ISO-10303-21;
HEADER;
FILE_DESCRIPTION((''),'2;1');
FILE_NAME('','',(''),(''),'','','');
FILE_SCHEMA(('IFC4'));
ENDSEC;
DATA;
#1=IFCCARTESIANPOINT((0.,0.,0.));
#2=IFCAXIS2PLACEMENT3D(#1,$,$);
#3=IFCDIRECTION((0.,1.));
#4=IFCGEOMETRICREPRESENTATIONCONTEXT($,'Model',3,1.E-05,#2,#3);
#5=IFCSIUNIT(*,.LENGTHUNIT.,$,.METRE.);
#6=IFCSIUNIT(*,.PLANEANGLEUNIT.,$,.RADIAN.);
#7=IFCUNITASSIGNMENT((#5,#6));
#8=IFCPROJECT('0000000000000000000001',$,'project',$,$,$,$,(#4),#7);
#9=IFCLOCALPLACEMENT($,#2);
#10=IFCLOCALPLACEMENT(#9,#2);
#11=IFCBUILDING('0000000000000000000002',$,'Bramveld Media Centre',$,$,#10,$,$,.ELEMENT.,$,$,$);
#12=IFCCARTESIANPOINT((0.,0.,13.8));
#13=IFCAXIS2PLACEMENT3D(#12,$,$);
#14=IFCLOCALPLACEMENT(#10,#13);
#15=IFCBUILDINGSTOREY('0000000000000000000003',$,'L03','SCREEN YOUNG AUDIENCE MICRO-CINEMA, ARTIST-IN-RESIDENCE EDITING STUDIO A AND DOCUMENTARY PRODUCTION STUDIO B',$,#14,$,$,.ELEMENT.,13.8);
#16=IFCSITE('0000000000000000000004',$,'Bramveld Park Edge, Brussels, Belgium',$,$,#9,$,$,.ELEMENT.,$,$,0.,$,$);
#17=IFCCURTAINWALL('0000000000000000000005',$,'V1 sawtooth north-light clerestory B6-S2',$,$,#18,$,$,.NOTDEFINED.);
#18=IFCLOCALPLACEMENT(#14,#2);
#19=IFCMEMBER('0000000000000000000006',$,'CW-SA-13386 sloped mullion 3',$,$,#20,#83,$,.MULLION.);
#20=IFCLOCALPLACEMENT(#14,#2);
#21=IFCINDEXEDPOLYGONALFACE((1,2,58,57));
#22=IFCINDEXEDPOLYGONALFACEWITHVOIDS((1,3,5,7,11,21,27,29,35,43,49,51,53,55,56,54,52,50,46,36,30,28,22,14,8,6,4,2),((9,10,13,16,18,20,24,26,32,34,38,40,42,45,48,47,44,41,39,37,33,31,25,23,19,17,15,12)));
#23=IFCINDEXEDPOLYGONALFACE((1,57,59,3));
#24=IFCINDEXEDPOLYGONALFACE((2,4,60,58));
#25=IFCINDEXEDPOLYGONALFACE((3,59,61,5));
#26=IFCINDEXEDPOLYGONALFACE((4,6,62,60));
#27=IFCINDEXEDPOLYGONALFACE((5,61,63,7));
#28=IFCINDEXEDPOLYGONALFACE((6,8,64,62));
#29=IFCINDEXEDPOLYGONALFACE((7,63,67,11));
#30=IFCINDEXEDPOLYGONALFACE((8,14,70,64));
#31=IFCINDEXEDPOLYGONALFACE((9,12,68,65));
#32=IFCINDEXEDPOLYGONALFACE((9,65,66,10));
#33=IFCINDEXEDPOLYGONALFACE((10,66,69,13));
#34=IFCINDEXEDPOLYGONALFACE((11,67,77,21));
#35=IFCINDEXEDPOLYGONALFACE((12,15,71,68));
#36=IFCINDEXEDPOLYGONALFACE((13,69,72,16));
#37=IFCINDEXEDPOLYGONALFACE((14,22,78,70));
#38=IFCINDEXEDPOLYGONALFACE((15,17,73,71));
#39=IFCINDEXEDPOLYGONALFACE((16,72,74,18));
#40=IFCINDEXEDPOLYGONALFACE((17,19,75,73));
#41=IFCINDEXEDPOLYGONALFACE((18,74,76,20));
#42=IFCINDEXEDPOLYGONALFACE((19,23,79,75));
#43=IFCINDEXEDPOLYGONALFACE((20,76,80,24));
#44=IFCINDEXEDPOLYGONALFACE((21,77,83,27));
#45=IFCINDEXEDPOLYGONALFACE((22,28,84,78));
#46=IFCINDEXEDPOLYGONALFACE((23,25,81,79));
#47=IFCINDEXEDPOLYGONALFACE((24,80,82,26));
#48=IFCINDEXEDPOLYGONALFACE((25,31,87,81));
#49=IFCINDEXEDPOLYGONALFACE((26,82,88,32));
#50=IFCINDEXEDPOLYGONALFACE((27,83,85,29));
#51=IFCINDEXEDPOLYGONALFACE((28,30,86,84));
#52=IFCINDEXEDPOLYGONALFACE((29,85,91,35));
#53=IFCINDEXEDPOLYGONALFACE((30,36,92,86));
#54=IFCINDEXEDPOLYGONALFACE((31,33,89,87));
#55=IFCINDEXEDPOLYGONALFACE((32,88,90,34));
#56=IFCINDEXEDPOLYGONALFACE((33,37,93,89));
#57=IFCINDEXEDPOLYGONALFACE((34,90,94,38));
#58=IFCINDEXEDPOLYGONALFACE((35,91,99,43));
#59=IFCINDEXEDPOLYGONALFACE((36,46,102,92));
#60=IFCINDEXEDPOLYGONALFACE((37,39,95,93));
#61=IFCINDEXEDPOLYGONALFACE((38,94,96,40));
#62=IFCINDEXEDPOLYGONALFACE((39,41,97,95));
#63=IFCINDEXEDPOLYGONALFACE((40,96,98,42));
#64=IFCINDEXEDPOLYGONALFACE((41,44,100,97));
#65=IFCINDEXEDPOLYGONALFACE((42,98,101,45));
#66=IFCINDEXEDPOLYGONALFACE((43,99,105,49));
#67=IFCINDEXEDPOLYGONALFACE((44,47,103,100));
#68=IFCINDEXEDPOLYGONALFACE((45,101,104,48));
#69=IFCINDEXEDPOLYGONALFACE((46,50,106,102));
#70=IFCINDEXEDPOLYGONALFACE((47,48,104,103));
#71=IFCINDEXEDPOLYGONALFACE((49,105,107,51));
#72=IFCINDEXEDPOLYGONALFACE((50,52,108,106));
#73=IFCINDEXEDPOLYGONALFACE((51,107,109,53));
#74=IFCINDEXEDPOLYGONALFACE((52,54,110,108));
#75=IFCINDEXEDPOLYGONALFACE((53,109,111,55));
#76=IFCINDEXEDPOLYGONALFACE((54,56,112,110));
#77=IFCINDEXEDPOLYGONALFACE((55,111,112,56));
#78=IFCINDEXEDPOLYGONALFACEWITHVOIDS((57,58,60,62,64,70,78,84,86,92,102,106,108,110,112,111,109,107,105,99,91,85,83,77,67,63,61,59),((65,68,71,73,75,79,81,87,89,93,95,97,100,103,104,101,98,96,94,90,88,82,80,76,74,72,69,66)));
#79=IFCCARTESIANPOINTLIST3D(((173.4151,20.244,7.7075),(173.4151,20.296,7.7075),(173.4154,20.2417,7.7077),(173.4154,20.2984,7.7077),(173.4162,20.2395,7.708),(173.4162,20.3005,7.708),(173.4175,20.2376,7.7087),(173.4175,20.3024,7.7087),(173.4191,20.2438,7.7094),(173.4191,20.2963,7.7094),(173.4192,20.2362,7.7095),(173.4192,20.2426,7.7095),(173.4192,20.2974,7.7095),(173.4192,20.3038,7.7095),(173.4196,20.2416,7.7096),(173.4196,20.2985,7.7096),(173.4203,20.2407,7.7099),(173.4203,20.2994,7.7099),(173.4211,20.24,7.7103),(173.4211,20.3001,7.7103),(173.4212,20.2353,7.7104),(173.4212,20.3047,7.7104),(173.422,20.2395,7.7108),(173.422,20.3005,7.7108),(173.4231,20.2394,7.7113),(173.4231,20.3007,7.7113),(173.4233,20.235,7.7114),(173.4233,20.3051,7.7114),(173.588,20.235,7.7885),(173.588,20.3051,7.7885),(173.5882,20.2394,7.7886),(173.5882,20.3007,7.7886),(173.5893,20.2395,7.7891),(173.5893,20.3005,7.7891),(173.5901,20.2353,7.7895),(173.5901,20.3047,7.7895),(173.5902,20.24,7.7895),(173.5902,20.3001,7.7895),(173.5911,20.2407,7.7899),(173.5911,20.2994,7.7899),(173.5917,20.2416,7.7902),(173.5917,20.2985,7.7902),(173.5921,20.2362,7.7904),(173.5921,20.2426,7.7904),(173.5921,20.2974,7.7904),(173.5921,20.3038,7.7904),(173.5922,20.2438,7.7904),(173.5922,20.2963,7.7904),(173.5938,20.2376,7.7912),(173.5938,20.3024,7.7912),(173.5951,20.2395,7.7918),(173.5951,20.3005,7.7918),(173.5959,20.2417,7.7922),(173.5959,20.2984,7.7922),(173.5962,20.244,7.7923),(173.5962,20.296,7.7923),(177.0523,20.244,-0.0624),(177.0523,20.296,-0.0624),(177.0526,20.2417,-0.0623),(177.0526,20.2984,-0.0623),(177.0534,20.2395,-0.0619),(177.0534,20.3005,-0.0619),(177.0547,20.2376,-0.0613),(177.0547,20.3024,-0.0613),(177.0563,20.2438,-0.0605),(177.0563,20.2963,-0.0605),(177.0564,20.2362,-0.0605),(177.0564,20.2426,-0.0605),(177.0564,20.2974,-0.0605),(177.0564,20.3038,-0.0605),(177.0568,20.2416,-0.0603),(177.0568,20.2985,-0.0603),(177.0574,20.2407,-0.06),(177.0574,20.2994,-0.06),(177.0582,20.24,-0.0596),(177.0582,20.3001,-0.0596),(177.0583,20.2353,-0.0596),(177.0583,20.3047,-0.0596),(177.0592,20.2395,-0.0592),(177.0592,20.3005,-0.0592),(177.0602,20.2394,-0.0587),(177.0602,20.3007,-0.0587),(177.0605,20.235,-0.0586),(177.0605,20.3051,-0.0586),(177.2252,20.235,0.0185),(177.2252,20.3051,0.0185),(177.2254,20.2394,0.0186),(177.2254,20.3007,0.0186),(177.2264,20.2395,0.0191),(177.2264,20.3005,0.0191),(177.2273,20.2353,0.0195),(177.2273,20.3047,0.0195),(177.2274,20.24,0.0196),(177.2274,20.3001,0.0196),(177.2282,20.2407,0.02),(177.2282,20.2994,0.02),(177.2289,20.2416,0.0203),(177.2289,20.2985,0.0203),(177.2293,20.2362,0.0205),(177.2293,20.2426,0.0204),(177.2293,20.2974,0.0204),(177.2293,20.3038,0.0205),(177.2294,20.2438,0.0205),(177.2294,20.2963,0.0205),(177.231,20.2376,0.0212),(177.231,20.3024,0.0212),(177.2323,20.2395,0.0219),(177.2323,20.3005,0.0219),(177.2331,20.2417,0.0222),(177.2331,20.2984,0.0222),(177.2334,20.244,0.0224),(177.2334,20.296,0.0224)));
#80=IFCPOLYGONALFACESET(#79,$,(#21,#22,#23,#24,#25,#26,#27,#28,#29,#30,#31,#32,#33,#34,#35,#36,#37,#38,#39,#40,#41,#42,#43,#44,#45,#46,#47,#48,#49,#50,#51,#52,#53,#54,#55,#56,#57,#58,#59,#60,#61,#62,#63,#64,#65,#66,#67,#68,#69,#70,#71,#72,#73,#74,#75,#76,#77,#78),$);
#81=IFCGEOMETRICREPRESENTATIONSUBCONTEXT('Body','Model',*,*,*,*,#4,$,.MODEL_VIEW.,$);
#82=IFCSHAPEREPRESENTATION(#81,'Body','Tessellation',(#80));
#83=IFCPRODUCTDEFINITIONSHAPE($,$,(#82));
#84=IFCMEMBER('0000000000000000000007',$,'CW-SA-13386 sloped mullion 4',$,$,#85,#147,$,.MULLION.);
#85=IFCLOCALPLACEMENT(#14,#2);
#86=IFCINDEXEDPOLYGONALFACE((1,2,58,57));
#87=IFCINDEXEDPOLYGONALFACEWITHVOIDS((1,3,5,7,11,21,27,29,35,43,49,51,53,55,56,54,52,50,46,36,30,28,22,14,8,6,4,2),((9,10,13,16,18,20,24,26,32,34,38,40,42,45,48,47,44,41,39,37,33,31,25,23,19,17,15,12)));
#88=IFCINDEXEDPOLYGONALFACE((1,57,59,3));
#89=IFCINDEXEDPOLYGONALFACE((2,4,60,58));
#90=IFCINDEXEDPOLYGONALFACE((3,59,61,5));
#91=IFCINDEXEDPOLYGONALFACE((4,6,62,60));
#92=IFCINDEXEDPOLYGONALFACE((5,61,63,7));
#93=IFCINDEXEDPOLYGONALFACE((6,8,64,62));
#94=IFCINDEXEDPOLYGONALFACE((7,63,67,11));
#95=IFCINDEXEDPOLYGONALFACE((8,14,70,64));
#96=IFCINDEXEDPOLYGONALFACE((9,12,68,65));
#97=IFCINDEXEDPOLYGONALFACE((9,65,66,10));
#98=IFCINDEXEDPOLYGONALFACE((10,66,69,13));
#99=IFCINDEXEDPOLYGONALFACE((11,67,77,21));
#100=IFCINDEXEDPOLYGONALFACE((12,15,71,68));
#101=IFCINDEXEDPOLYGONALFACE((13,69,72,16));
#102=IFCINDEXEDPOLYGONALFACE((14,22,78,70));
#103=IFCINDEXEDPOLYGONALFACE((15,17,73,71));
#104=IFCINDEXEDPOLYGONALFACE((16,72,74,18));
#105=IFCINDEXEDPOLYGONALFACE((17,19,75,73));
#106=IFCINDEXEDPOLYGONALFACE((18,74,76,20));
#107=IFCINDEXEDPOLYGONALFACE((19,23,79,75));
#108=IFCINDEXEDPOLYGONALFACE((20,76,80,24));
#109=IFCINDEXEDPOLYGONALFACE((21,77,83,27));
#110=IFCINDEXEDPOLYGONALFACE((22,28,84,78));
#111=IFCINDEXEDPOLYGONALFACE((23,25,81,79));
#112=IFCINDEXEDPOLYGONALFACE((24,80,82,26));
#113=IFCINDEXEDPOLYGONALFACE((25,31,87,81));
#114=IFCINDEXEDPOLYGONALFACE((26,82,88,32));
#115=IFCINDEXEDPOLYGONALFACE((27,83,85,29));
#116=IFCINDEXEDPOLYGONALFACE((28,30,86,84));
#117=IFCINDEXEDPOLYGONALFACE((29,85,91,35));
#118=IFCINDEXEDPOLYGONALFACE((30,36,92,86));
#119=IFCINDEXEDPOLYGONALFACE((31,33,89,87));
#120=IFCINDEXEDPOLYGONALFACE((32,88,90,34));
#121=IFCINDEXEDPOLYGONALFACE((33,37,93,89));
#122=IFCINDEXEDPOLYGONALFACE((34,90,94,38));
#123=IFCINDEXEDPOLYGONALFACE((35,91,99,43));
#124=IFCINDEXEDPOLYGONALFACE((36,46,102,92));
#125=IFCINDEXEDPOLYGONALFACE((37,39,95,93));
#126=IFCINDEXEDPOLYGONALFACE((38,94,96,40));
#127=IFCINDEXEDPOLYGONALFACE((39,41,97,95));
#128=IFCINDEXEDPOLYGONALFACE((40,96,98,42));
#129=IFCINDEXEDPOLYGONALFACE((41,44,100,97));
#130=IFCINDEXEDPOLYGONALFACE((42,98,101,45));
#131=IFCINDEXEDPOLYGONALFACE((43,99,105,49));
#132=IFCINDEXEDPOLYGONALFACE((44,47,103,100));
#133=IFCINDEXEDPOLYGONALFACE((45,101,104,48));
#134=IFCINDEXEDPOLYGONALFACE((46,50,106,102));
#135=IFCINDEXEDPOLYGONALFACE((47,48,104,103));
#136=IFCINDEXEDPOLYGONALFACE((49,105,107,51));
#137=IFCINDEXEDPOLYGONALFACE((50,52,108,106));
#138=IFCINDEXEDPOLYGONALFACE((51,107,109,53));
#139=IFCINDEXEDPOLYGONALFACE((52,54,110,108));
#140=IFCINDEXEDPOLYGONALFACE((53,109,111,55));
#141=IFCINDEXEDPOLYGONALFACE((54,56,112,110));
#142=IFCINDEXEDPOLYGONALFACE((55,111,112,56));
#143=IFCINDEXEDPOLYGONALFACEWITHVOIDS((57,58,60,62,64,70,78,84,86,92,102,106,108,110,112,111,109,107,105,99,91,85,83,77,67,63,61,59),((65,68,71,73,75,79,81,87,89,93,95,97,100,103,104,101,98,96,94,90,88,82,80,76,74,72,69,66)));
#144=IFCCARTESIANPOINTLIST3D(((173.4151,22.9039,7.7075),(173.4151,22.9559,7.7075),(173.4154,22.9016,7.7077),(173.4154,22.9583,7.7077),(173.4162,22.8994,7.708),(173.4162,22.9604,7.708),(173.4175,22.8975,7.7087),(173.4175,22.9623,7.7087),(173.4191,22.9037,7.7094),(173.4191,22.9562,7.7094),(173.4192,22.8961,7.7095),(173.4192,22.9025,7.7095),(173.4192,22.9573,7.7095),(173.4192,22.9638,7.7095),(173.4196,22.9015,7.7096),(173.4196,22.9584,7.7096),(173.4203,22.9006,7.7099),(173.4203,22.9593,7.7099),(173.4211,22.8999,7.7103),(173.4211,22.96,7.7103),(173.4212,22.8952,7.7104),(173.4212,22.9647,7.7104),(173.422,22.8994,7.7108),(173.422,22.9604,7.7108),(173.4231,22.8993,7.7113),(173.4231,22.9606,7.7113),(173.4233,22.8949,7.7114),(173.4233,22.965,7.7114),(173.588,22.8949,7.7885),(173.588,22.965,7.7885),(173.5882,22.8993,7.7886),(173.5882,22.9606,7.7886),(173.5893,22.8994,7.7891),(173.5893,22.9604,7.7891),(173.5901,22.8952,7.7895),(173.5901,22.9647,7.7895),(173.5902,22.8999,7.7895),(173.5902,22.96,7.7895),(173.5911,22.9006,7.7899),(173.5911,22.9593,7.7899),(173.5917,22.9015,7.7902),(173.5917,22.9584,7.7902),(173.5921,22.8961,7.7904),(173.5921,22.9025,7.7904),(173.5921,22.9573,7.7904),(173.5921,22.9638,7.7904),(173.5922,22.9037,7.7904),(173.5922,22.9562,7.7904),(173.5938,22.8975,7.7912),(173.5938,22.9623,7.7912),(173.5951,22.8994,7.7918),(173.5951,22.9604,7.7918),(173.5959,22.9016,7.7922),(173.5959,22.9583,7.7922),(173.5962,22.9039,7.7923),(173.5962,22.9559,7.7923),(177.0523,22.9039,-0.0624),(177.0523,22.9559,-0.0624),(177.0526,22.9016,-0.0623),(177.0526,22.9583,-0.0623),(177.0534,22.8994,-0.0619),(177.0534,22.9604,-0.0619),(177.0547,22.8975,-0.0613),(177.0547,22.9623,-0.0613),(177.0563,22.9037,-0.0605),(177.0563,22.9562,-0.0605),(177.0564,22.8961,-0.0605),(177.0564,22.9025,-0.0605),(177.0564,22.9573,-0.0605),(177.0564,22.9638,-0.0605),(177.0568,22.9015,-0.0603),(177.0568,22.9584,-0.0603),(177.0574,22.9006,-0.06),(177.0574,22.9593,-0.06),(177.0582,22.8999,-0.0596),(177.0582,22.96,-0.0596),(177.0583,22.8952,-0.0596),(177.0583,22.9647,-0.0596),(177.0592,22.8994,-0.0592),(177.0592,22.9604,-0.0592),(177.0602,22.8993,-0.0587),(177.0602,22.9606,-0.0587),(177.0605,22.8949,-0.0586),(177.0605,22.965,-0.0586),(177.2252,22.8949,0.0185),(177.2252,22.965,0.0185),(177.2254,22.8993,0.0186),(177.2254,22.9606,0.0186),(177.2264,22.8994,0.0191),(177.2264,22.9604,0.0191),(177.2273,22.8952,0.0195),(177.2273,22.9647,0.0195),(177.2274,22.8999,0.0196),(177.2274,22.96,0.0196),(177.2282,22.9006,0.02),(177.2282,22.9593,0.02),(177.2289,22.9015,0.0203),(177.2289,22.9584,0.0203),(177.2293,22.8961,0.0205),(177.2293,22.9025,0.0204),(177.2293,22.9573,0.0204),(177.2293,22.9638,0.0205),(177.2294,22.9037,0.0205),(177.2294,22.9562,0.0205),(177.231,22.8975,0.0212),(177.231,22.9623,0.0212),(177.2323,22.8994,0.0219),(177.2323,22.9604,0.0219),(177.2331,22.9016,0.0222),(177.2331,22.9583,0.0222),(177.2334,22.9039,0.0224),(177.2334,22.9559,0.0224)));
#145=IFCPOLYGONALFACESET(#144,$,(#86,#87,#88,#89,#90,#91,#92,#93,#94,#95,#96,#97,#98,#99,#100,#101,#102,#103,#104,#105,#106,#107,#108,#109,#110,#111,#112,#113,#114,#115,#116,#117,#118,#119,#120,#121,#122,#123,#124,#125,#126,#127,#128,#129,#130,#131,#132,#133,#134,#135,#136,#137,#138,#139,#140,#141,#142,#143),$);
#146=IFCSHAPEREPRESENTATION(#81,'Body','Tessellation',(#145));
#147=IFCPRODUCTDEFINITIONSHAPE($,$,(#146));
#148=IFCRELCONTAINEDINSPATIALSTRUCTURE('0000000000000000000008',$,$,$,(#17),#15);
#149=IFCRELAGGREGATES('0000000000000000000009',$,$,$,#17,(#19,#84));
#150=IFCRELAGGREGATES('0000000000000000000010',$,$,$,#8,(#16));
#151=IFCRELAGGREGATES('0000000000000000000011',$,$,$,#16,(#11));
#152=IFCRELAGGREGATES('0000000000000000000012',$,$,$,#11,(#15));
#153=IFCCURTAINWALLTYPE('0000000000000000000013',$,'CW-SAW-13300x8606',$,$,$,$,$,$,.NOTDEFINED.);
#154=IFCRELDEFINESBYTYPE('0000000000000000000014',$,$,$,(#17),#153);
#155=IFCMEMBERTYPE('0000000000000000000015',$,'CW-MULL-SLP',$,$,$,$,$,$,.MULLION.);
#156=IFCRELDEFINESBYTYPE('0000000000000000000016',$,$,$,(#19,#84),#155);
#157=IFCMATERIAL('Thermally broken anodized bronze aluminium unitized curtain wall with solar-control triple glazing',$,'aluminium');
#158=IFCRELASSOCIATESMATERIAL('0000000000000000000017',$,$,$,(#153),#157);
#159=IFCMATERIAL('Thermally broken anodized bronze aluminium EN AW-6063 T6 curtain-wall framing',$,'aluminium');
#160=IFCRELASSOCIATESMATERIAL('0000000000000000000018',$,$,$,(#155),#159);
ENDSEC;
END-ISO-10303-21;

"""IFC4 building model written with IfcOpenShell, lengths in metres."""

from ifc_helpers import new_model, si_unit, direction, frame, origin, origin_2d, place, context, subcontext, project, spatial, hollow_rectangle, extrude, material, material_profile, profile_set, type_object, element, aggregate, save


model = new_model("IFC4")

# Units and contexts
model_context = context("Model", 3, precision=1e-05, world=origin(), true_north=direction((0.0, 1.0)))
body_context = subcontext(model_context, "Body", "Model", "MODEL_VIEW")
ifc_project = project(units=[si_unit("LENGTHUNIT", "METRE"), si_unit("PLANEANGLEUNIT", "RADIAN")], contexts=[model_context])

# Site, building, storey
site_placement = place(None, origin())
site = spatial("IfcSite", under=ifc_project, at=site_placement, Name="Bramveld Park Edge, Brussels, Belgium", CompositionType="ELEMENT", RefElevation=0.0)
building_placement = place(site_placement, origin())
building = spatial("IfcBuilding", under=site, at=building_placement, Name="Bramveld Media Centre", CompositionType="ELEMENT")
storey_placement = place(building_placement, frame((0.0, 0.0, 13.8)))
storey = spatial("IfcBuildingStorey", under=building, at=storey_placement, Name="L03", Description="SCREEN YOUNG AUDIENCE MICRO-CINEMA, ARTIST-IN-RESIDENCE EDITING STUDIO A AND DOCUMENTARY PRODUCTION STUDIO B", CompositionType="ELEMENT", Elevation=13.8)

# Curtain wall, members
ifc_material_1 = material(Name="Thermally broken anodized bronze aluminium unitized curtain wall with solar-control triple glazing", Category="aluminium")
curtain_wall_type = type_object("IfcCurtainWallType", Name="CW-SAW-13300x8606", PredefinedType="NOTDEFINED", material=ifc_material_1)
curtain_wall_placement = place(storey_placement, origin())
curtain_wall = element("IfcCurtainWall", 1, at=curtain_wall_placement, inside=storey, type_object=curtain_wall_type, Name="V1 sawtooth north-light clerestory B6-S2", PredefinedType="NOTDEFINED")
ifc_material_2 = material(Name="Thermally broken anodized bronze aluminium EN AW-6063 T6 curtain-wall framing", Category="aluminium")
ifc_material_profile_1 = material_profile(ifc_material_2, hollow_rectangle(XDim=0.0701, YDim=0.2, WallThickness=0.0044, InnerFilletRadius=0.0044, OuterFilletRadius=0.009, at=origin_2d()), Name="AL-MULL 70x200")
ifc_profile_set_1 = profile_set([ifc_material_profile_1], Name="Thermally broken anodized bronze aluminium EN AW-6063 T6 curtain-wall framing")
member_type_1 = type_object("IfcMemberType", Name="CW-MULL-SLP", PredefinedType="MULLION", material=ifc_profile_set_1)
member_1_placement = place(storey_placement, frame((177.1428, 20.27, -0.02), z_axis=(-0.423957, 0.0, 0.905682), x_axis=(0.0, -1.0, 0.0)))
member_1 = element("IfcMember", 2, at=member_1_placement, type_object=member_type_1, Name="CW-SA-13386 sloped mullion 3", PredefinedType="MULLION", context=body_context, shape_type="SweptSolid", body=[
    extrude(hollow_rectangle(XDim=0.0701, YDim=0.2, WallThickness=0.0044, InnerFilletRadius=0.0044, OuterFilletRadius=0.009, at=origin_2d()), origin(), (0.0, 0.0, 1.0), 8.5791),
])
member_2_placement = place(storey_placement, frame((177.1428, 22.9299, -0.02), z_axis=(-0.423957, 0.0, 0.905682), x_axis=(0.0, -1.0, 0.0)))
member_2 = element("IfcMember", 3, at=member_2_placement, type_object=member_type_1, Name="CW-SA-13386 sloped mullion 4", PredefinedType="MULLION", context=body_context, shape_type="SweptSolid", body=[
    extrude(hollow_rectangle(XDim=0.0701, YDim=0.2, WallThickness=0.0044, InnerFilletRadius=0.0044, OuterFilletRadius=0.009, at=origin_2d()), origin(), (0.0, 0.0, 1.0), 8.5791),
])

aggregate(curtain_wall, [member_1, member_2])

save(model, "model.ifc")
